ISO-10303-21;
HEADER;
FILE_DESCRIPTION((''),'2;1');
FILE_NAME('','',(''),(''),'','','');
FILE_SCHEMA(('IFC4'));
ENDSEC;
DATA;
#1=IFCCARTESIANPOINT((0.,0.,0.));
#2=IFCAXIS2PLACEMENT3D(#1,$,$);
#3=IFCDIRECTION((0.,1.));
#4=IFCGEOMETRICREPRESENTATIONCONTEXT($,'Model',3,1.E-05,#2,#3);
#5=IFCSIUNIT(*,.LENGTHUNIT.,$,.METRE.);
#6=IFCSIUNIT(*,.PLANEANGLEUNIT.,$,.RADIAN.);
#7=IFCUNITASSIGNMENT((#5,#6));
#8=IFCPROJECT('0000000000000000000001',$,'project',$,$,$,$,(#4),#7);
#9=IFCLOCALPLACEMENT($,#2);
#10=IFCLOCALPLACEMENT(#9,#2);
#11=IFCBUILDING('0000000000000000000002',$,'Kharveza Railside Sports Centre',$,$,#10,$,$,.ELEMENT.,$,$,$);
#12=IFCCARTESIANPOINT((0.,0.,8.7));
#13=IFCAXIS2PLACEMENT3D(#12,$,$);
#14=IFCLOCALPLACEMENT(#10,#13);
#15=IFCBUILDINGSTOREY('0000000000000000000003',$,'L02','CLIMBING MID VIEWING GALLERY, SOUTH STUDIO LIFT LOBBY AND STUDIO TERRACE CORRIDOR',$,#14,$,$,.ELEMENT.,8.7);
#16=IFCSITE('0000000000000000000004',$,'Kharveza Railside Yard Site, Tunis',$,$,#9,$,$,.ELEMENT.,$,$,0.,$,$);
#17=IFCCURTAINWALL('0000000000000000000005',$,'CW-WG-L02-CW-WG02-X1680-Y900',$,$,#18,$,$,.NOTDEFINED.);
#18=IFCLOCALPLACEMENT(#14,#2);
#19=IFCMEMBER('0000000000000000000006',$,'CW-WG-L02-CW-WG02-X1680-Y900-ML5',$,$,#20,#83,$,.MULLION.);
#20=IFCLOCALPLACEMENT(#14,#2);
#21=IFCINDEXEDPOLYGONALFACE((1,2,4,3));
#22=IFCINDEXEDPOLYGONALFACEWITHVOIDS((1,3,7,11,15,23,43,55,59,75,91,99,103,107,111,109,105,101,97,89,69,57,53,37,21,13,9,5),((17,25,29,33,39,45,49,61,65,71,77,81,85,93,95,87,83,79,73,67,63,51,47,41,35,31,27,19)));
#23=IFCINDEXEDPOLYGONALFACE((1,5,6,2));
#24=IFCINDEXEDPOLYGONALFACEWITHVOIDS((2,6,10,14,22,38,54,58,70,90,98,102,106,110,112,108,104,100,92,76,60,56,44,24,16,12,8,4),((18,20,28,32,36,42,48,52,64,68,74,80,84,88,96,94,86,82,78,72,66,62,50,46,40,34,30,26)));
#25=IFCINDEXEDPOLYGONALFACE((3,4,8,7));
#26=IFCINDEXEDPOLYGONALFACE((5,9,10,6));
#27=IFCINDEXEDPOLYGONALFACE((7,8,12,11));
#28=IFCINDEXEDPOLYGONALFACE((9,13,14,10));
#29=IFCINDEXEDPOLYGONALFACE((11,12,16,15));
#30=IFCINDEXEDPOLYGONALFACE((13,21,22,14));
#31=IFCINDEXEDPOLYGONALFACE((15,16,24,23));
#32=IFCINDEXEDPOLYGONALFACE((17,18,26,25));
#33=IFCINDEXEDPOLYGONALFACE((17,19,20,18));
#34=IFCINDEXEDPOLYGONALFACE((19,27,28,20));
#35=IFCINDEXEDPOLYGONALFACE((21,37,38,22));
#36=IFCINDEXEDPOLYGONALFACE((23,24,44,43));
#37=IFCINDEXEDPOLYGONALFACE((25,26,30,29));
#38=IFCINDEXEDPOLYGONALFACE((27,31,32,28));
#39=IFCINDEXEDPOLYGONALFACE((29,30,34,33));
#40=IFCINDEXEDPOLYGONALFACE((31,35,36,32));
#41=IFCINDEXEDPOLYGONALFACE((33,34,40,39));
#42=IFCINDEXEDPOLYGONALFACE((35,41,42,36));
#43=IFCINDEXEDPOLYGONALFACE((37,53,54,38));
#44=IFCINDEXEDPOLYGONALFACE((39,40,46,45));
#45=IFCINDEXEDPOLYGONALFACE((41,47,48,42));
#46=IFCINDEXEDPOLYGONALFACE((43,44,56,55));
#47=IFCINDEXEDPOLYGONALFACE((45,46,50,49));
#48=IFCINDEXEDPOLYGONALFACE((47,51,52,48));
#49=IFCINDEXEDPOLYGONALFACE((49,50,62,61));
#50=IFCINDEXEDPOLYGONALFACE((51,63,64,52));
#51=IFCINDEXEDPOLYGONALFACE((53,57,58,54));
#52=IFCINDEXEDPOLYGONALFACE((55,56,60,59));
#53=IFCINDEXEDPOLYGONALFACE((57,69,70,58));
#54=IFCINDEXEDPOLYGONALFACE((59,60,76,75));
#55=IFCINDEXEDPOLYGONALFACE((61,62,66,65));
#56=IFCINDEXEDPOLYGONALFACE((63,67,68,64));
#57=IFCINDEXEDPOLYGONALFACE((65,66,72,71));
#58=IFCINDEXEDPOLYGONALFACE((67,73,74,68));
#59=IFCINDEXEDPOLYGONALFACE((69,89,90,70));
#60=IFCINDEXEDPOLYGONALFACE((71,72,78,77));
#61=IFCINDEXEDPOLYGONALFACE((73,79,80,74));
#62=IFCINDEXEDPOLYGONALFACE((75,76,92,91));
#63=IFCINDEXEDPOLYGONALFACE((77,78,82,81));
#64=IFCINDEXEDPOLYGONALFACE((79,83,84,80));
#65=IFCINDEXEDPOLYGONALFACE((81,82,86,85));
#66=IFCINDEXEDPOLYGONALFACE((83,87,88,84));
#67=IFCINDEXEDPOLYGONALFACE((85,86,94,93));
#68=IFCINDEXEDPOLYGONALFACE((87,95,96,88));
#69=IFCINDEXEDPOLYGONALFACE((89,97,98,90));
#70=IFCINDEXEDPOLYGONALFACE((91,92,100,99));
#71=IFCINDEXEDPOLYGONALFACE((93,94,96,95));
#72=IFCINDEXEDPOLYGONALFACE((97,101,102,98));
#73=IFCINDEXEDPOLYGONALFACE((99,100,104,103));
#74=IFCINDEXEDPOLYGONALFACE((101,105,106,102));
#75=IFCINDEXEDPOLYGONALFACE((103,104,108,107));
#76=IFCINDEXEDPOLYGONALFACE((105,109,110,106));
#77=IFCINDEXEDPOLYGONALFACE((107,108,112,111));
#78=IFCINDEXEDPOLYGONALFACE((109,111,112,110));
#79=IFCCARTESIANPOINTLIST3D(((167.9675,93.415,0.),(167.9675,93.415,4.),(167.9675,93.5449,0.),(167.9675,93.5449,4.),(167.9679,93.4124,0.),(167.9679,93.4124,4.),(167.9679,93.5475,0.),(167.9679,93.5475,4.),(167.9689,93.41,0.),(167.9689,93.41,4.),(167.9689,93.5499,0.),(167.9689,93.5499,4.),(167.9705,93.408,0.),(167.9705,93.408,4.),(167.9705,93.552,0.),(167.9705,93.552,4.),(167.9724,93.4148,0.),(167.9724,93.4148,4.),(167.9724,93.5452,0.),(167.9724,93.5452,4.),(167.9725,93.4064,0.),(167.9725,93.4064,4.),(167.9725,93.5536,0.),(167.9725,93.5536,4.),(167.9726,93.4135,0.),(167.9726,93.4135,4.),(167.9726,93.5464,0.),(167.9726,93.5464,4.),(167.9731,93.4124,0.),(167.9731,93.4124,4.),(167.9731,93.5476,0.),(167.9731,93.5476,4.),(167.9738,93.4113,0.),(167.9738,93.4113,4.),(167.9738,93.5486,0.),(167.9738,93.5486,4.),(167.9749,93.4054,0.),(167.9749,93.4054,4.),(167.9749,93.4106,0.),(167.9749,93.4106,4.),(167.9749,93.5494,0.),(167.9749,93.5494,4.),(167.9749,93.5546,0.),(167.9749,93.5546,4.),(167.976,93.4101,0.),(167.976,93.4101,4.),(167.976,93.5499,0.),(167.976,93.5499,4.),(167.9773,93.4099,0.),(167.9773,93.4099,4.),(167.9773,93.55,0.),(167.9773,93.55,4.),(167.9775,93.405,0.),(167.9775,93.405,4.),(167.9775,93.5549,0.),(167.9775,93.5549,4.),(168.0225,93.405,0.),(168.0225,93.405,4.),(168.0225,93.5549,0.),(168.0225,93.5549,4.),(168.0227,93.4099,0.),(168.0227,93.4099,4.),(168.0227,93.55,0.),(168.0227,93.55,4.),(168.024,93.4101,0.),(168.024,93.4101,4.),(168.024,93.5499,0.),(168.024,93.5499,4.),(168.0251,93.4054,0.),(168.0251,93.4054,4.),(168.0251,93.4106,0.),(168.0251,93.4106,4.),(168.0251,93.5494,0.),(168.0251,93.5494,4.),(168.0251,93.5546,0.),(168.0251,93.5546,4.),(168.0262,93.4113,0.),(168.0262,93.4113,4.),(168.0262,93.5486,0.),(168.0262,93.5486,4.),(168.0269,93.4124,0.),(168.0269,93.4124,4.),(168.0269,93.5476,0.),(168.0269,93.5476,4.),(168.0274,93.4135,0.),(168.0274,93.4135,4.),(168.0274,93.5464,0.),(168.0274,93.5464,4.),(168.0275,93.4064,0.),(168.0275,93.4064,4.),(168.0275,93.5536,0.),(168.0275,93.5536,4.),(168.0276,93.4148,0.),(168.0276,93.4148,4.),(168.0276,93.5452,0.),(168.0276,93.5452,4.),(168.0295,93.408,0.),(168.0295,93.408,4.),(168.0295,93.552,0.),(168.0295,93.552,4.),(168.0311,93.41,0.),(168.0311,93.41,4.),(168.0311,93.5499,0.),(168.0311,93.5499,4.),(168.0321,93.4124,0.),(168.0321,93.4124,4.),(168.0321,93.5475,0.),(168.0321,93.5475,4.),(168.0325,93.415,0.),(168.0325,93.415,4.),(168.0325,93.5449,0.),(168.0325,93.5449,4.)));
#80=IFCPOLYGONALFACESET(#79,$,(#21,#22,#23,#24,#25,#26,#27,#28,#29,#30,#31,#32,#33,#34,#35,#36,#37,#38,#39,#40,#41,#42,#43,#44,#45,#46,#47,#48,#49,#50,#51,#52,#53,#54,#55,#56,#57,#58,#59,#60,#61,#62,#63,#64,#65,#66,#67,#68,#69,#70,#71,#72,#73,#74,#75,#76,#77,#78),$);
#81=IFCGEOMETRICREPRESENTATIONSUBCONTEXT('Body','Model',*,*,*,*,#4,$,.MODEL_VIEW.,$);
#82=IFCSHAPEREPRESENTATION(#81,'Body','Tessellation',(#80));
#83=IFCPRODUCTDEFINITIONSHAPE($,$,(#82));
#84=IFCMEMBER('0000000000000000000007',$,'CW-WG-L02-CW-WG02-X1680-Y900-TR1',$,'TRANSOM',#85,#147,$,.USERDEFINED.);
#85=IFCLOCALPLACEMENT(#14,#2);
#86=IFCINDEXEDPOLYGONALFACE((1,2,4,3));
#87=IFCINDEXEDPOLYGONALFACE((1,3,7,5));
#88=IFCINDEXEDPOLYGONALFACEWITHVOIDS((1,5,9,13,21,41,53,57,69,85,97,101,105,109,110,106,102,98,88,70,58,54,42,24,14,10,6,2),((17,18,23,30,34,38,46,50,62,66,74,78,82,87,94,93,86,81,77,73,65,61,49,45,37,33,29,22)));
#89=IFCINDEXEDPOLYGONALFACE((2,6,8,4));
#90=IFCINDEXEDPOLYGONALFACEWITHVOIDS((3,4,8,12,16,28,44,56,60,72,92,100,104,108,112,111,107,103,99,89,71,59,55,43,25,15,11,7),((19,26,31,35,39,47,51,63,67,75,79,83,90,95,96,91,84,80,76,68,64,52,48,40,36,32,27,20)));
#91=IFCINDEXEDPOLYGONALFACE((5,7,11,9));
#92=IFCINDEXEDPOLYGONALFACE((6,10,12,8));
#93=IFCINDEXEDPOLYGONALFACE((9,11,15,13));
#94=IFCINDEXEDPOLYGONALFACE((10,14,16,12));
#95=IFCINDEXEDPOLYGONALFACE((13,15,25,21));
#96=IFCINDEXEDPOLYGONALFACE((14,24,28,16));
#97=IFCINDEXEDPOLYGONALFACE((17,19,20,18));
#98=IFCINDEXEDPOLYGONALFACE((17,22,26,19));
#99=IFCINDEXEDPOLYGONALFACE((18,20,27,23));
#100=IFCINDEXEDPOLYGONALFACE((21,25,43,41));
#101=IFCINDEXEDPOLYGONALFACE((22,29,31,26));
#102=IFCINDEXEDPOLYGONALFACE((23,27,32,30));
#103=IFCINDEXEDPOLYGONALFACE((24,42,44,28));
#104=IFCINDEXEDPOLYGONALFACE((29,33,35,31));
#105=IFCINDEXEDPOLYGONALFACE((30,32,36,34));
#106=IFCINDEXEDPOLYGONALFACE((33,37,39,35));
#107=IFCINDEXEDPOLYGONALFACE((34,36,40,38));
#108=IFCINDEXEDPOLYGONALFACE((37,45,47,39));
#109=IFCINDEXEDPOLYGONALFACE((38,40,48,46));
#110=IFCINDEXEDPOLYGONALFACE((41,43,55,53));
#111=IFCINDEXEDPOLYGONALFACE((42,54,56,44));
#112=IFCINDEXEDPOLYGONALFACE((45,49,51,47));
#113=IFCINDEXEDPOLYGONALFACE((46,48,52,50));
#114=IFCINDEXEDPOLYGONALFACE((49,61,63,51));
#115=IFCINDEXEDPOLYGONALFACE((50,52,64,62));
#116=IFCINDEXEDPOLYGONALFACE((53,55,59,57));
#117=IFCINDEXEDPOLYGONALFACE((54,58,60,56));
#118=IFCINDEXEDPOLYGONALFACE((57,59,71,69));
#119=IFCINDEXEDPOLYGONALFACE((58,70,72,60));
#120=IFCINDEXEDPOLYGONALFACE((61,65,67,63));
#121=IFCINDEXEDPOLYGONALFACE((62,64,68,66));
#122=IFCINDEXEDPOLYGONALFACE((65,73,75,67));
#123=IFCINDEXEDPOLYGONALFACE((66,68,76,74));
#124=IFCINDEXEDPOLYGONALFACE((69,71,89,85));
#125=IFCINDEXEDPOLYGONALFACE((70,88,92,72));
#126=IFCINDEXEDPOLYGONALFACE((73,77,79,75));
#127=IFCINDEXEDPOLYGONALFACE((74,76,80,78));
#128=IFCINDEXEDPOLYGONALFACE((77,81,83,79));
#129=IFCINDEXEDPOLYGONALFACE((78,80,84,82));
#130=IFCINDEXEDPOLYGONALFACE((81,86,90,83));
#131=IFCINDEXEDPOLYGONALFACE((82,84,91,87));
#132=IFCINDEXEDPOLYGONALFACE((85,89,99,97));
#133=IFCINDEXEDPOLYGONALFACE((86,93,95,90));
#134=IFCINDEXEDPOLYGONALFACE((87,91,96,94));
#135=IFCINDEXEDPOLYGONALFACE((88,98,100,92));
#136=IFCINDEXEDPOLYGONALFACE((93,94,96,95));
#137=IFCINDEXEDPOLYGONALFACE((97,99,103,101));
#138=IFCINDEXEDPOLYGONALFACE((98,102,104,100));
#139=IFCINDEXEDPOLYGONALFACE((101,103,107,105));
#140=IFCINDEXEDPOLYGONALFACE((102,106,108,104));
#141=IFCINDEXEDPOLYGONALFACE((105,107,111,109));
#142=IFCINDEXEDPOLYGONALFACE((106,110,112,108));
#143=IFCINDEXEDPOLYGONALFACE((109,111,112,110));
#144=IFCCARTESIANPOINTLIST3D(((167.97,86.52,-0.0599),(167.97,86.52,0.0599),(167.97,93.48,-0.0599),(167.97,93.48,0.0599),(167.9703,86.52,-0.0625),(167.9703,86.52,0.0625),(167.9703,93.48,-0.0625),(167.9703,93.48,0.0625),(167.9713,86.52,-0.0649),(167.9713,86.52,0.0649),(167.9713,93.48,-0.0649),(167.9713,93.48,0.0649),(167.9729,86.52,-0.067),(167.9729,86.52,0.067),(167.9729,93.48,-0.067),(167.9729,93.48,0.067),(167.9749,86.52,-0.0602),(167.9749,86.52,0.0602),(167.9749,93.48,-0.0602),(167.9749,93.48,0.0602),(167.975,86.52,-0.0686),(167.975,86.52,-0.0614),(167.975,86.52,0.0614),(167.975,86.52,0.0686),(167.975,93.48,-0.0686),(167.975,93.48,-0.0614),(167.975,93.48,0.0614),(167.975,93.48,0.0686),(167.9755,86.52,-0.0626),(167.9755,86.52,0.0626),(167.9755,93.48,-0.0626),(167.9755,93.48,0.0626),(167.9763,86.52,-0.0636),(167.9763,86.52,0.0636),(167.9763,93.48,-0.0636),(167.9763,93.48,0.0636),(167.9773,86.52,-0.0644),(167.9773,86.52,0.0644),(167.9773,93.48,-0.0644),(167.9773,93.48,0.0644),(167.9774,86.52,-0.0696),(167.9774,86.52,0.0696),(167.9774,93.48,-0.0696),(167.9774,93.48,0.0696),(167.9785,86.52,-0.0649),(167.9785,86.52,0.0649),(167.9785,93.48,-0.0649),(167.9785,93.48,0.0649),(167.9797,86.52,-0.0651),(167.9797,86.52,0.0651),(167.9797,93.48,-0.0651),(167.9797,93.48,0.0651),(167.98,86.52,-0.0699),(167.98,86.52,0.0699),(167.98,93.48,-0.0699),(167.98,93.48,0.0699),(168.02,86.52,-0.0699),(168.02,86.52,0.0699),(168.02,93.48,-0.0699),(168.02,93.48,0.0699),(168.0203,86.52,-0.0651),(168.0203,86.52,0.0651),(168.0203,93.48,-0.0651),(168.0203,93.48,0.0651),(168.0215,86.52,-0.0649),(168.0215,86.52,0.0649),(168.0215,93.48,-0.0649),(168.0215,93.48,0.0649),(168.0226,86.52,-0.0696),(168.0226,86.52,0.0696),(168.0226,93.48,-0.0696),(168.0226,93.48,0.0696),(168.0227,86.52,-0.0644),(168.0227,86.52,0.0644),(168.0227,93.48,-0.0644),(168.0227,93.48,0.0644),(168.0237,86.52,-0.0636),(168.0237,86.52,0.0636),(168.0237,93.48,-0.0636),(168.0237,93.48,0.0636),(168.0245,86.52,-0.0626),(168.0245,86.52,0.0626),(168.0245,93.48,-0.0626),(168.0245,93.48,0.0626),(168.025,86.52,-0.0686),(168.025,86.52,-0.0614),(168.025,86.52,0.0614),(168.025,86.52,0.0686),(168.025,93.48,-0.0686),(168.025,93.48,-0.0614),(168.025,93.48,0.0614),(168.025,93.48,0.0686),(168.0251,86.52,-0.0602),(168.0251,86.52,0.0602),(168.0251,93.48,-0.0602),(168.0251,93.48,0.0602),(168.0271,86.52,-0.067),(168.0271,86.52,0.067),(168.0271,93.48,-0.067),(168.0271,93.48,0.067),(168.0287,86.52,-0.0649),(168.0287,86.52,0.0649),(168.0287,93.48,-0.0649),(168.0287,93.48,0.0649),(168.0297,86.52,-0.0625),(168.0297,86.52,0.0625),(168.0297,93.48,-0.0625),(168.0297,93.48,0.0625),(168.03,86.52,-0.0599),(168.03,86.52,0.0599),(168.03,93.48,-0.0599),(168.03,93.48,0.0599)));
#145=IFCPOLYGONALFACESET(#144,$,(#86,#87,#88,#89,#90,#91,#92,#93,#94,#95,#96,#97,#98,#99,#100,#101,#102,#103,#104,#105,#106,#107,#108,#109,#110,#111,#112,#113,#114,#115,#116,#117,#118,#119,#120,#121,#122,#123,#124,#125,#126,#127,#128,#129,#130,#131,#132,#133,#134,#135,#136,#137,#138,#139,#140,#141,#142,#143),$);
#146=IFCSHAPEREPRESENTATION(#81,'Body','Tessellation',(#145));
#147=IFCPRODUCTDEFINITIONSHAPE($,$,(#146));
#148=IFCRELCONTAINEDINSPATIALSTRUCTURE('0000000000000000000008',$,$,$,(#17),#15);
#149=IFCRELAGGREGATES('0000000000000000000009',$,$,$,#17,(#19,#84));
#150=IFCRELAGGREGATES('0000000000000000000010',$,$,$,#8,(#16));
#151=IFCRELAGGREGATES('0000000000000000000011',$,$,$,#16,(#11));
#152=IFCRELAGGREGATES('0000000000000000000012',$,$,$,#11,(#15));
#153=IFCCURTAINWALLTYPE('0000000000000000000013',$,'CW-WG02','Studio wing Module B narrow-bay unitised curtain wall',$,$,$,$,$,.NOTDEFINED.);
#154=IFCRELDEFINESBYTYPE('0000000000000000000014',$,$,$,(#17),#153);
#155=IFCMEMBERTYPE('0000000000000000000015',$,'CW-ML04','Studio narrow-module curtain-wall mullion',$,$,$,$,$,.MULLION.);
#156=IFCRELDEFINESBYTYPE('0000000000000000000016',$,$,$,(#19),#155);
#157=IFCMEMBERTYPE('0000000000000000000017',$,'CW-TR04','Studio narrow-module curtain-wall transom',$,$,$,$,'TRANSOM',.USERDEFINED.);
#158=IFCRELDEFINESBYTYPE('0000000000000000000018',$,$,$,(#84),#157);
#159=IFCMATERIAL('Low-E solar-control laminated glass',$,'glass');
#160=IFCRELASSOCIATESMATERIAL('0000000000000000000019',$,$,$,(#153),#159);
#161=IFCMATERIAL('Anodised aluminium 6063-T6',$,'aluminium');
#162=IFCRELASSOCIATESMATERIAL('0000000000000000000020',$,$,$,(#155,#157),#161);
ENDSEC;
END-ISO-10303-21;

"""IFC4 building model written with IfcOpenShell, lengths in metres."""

from ifc_helpers import new_model, si_unit, direction, frame, origin, origin_2d, place, context, subcontext, project, spatial, hollow_rectangle, extrude, material, material_profile, profile_set, type_object, element, aggregate, save


model = new_model("IFC4")

# Units and contexts
model_context = context("Model", 3, precision=1e-05, world=origin(), true_north=direction((0.0, 1.0)))
body_context = subcontext(model_context, "Body", "Model", "MODEL_VIEW")
ifc_project = project(units=[si_unit("LENGTHUNIT", "METRE"), si_unit("PLANEANGLEUNIT", "RADIAN")], contexts=[model_context])

# Site, building, storey
site_placement = place(None, origin())
site = spatial("IfcSite", under=ifc_project, at=site_placement, Name="Kharveza Railside Yard Site, Tunis", CompositionType="ELEMENT", RefElevation=0.0)
building_placement = place(site_placement, origin())
building = spatial("IfcBuilding", under=site, at=building_placement, Name="Kharveza Railside Sports Centre", CompositionType="ELEMENT")
storey_placement = place(building_placement, frame((0.0, 0.0, 8.7)))
storey = spatial("IfcBuildingStorey", under=building, at=storey_placement, Name="L02", Description="CLIMBING MID VIEWING GALLERY, SOUTH STUDIO LIFT LOBBY AND STUDIO TERRACE CORRIDOR", CompositionType="ELEMENT", Elevation=8.7)

# Curtain wall, members
ifc_material_1 = material(Name="Low-E solar-control laminated glass", Category="glass")
curtain_wall_type = type_object("IfcCurtainWallType", Name="CW-WG02", Description="Studio wing Module B narrow-bay unitised curtain wall", PredefinedType="NOTDEFINED", material=ifc_material_1)
curtain_wall_placement = place(storey_placement, origin())
curtain_wall = element("IfcCurtainWall", 1, at=curtain_wall_placement, inside=storey, type_object=curtain_wall_type, Name="CW-WG-L02-CW-WG02-X1680-Y900", PredefinedType="NOTDEFINED")
ifc_material_2 = material(Name="Anodised aluminium 6063-T6", Category="aluminium")
ifc_material_profile_1 = material_profile(ifc_material_2, hollow_rectangle(XDim=0.0649, YDim=0.1499, WallThickness=0.0049, InnerFilletRadius=0.0049, OuterFilletRadius=0.01, at=origin_2d()), Name="RHS 65x150x5.0")
ifc_profile_set_1 = profile_set([ifc_material_profile_1], Name="Anodised aluminium 6063-T6")
member_type_1 = type_object("IfcMemberType", Name="CW-ML04", Description="Studio narrow-module curtain-wall mullion", PredefinedType="MULLION", material=ifc_profile_set_1)
member_1_placement = place(storey_placement, frame((168.0, 93.48, 0.0), z_axis=(0.0, 0.0, 1.0), x_axis=(1.0, 0.0, 0.0)))
member_1 = element("IfcMember", 2, at=member_1_placement, type_object=member_type_1, Name="CW-WG-L02-CW-WG02-X1680-Y900-ML5", PredefinedType="MULLION", context=body_context, shape_type="SweptSolid", body=[
    extrude(hollow_rectangle(XDim=0.0649, YDim=0.1499, WallThickness=0.0049, InnerFilletRadius=0.0049, OuterFilletRadius=0.01, at=origin_2d()), origin(), (0.0, 0.0, 1.0), 4.0),
])
ifc_material_profile_2 = material_profile(ifc_material_2, hollow_rectangle(XDim=0.0601, YDim=0.1399, WallThickness=0.0049, InnerFilletRadius=0.0049, OuterFilletRadius=0.01, at=origin_2d()), Name="RHS 60x140x5.0")
ifc_profile_set_2 = profile_set([ifc_material_profile_2], Name="Anodised aluminium 6063-T6")
member_type_2 = type_object("IfcMemberType", Name="CW-TR04", Description="Studio narrow-module curtain-wall transom", ElementType="TRANSOM", PredefinedType="USERDEFINED", material=ifc_profile_set_2)
member_2_placement = place(storey_placement, frame((168.0, 86.52, 0.0), z_axis=(0.0, 1.0, 0.0), x_axis=(-1.0, 0.0, 0.0)))
member_2 = element("IfcMember", 3, at=member_2_placement, type_object=member_type_2, Name="CW-WG-L02-CW-WG02-X1680-Y900-TR1", ObjectType="TRANSOM", PredefinedType="USERDEFINED", context=body_context, shape_type="SweptSolid", body=[
    extrude(hollow_rectangle(XDim=0.0601, YDim=0.1399, WallThickness=0.0049, InnerFilletRadius=0.0049, OuterFilletRadius=0.01, at=origin_2d()), origin(), (0.0, 0.0, 1.0), 6.96),
])
aggregate(curtain_wall, [member_1, member_2])

save(model, "model.ifc")
